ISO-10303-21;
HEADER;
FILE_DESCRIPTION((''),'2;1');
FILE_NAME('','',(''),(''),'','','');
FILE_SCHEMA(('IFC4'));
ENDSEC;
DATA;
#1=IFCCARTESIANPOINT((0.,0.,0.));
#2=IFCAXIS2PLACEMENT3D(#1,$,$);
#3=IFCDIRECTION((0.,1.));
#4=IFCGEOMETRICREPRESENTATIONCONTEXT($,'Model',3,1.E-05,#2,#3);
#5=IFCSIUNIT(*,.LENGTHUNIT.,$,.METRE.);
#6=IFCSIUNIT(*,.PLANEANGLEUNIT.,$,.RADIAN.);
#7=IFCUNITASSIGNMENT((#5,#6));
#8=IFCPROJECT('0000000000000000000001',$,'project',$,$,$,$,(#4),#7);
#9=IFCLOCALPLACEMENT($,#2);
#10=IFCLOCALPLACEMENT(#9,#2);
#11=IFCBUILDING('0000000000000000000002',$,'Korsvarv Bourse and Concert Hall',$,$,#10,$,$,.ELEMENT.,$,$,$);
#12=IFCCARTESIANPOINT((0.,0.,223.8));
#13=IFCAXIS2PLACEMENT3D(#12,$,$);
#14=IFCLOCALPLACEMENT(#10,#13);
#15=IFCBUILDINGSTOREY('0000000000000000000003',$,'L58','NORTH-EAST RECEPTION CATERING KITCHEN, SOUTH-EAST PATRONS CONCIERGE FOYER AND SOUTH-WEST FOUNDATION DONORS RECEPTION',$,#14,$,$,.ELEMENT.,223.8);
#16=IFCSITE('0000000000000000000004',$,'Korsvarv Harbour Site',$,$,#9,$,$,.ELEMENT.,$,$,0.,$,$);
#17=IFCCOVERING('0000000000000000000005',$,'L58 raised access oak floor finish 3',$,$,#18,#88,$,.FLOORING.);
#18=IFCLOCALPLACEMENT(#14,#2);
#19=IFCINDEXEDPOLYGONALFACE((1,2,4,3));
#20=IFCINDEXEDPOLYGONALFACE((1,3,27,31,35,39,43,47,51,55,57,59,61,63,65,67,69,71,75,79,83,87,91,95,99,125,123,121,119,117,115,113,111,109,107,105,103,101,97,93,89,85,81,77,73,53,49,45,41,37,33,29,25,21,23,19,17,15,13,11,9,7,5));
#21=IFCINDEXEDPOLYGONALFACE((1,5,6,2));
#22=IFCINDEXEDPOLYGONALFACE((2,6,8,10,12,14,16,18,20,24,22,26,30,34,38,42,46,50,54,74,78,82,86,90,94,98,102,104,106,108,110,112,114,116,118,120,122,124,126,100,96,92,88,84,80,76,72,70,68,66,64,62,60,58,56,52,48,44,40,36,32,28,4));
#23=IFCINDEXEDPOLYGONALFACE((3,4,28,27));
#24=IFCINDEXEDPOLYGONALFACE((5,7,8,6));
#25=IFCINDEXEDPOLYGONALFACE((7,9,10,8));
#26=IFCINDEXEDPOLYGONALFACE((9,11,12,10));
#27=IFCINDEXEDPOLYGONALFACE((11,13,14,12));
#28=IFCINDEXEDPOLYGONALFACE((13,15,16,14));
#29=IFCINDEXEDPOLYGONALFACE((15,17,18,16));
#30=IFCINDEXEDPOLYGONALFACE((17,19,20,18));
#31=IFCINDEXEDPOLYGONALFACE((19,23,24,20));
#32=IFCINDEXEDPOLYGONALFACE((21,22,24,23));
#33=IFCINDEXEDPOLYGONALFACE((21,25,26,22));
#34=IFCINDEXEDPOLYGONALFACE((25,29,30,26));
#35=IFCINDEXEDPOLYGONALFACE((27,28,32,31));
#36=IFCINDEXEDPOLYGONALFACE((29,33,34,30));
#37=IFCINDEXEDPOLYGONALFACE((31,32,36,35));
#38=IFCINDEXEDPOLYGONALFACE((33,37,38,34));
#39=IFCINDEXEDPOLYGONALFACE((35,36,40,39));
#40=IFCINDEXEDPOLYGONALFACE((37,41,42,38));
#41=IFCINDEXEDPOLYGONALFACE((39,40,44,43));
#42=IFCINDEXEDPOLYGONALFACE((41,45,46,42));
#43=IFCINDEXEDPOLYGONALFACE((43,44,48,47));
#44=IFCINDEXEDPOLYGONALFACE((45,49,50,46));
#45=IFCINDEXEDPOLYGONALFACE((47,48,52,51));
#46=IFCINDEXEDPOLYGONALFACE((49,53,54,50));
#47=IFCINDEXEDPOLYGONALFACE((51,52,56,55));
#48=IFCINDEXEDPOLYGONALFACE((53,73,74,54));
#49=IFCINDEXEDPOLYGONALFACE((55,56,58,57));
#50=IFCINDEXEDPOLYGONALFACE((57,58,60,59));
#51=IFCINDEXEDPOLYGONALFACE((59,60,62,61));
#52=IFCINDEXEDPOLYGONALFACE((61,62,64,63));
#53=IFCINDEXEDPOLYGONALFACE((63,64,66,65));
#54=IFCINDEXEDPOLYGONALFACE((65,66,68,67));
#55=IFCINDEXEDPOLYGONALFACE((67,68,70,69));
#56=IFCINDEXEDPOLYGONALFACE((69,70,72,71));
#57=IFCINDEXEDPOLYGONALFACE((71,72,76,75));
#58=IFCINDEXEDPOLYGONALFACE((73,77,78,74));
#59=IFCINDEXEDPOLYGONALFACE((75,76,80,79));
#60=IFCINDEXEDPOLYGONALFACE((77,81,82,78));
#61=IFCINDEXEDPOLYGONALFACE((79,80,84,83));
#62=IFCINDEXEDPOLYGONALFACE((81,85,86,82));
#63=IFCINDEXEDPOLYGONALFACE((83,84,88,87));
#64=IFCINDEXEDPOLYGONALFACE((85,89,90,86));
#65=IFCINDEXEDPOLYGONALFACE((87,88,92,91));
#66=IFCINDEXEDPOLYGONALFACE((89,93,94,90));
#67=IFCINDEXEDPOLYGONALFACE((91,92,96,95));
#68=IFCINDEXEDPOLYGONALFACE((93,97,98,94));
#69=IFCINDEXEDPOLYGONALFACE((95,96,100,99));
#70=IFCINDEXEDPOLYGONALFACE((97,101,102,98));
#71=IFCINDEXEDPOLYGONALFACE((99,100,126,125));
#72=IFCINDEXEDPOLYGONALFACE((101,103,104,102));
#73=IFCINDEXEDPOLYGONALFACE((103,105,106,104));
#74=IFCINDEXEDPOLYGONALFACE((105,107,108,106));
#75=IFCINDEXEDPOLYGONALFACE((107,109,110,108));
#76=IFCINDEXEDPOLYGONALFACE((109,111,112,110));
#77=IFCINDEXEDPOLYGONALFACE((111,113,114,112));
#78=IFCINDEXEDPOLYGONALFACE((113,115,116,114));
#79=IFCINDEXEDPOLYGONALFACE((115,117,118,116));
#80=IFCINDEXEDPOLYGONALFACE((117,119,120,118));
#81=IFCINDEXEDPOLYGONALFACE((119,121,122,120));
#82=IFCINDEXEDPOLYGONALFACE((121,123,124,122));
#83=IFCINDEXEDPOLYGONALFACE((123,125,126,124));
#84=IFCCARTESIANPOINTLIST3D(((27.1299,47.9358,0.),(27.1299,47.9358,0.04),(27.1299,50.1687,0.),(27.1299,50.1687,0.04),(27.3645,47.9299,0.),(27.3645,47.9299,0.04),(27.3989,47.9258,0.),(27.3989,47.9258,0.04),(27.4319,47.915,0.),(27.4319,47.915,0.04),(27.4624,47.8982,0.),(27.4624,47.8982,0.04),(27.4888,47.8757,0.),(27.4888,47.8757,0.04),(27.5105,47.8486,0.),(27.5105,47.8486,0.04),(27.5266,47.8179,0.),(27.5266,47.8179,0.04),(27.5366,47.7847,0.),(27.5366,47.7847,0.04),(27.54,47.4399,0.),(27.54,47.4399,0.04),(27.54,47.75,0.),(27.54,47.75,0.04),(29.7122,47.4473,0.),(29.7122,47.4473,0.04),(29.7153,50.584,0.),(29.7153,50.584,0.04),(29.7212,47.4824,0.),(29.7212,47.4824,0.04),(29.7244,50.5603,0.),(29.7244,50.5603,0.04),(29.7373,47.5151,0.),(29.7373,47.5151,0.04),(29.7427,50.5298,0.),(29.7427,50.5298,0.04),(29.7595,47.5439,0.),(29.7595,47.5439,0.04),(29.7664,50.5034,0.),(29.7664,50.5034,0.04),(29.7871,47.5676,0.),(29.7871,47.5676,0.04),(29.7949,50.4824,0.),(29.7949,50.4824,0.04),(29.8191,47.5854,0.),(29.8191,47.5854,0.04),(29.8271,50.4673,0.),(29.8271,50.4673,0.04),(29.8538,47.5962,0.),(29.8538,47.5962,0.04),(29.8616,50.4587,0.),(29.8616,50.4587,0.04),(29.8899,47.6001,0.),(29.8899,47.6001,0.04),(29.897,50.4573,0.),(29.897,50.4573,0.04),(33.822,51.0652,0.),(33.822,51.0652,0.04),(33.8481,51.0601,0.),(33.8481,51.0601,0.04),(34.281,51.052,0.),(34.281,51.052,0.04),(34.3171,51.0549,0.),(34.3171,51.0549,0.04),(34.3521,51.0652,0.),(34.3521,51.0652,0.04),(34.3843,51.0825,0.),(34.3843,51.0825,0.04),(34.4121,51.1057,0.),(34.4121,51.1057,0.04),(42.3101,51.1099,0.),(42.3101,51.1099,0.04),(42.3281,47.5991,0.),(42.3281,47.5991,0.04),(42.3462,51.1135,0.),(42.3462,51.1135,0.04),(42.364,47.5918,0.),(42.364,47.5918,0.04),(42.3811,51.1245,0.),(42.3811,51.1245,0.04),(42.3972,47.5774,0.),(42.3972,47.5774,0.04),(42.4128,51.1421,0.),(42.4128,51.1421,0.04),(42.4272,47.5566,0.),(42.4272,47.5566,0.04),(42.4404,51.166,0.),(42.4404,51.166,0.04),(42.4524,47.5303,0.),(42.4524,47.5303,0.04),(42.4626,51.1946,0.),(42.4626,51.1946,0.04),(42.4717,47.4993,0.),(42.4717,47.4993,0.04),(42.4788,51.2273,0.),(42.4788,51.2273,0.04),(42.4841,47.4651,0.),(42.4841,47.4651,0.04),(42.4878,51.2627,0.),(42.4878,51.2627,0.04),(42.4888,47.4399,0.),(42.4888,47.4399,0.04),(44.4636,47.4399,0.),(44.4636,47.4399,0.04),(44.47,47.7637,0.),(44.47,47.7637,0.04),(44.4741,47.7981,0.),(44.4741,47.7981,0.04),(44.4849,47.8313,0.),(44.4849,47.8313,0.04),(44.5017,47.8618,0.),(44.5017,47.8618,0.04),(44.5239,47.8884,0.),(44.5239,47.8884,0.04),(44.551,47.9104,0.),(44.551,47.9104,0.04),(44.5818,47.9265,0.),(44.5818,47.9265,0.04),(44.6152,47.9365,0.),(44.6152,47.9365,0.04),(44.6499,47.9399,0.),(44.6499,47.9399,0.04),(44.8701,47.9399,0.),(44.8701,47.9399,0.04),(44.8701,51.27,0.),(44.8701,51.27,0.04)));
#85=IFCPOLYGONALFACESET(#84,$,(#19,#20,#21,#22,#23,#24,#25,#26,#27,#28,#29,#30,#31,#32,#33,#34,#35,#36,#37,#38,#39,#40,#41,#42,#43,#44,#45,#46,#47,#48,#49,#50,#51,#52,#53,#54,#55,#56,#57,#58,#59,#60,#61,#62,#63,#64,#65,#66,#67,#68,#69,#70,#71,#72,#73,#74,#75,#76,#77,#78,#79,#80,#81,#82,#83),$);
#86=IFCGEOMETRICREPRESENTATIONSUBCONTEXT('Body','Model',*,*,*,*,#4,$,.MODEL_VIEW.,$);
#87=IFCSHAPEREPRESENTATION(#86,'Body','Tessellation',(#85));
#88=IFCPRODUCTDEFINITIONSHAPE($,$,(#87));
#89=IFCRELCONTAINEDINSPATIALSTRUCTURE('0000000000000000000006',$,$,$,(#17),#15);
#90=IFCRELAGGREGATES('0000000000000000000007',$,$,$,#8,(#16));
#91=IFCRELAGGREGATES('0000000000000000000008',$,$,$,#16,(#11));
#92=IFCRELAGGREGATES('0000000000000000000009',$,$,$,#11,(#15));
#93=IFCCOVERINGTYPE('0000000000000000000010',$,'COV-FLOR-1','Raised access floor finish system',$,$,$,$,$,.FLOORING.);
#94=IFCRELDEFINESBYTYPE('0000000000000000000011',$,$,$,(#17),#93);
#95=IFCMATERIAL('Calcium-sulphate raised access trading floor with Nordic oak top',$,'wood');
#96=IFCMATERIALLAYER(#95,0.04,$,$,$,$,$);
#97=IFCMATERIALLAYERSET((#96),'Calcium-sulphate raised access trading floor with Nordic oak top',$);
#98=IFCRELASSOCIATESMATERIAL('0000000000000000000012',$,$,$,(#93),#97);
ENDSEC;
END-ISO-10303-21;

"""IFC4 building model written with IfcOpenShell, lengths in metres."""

from ifc_helpers import new_model, si_unit, direction, frame, origin, place, context, subcontext, project, spatial, polyline, outline, extrude, material, layer, layer_set, type_object, element, save


model = new_model("IFC4")

# Units and contexts
model_context = context("Model", 3, precision=1e-05, world=origin(), true_north=direction((0.0, 1.0)))
body_context = subcontext(model_context, "Body", "Model", "MODEL_VIEW")
ifc_project = project(units=[si_unit("LENGTHUNIT", "METRE"), si_unit("PLANEANGLEUNIT", "RADIAN")], contexts=[model_context])

# Site, building, storey
site_placement = place(None, origin())
site = spatial("IfcSite", under=ifc_project, at=site_placement, Name="Korsvarv Harbour Site", CompositionType="ELEMENT", RefElevation=0.0)
building_placement = place(site_placement, origin())
building = spatial("IfcBuilding", under=site, at=building_placement, Name="Korsvarv Bourse and Concert Hall", CompositionType="ELEMENT")
storey_placement = place(building_placement, frame((0.0, 0.0, 223.8)))
storey = spatial("IfcBuildingStorey", under=building, at=storey_placement, Name="L58", Description="NORTH-EAST RECEPTION CATERING KITCHEN, SOUTH-EAST PATRONS CONCIERGE FOYER AND SOUTH-WEST FOUNDATION DONORS RECEPTION", CompositionType="ELEMENT", Elevation=223.8)

# Covering
ifc_material_1 = material(Name="Calcium-sulphate raised access trading floor with Nordic oak top", Category="wood")
ifc_layer_1 = layer(ifc_material_1, 0.04)
ifc_layer_set_1 = layer_set([ifc_layer_1], Name="Calcium-sulphate raised access trading floor with Nordic oak top")
covering_type_1 = type_object("IfcCoveringType", Name="COV-FLOR-1", Description="Raised access floor finish system", PredefinedType="FLOORING", material=ifc_layer_set_1)
covering_1_placement = place(storey_placement, origin())
element("IfcCovering", 1, at=covering_1_placement, inside=storey, type_object=covering_type_1, Name="L58 raised access oak floor finish 3", PredefinedType="FLOORING", context=body_context, shape_type="SweptSolid", body=[
    extrude(outline(polyline([(29.7153, 50.584), (29.7244, 50.5603), (29.7427, 50.5298), (29.7664, 50.5034), (29.7949, 50.4824), (29.8271, 50.4673), (29.8616, 50.4587), (29.897, 50.4573), (33.822, 51.0652), (33.8481, 51.0601), (34.281, 51.052), (34.3171, 51.0549), (34.3521, 51.0652), (34.3843, 51.0825), (34.4121, 51.1057), (42.3101, 51.1099), (42.3462, 51.1135), (42.3811, 51.1245), (42.4128, 51.1421), (42.4404, 51.166), (42.4626, 51.1946), (42.4788, 51.2273), (42.4878, 51.2627), (44.8701, 51.27), (44.8701, 47.9399), (44.6499, 47.9399), (44.6152, 47.9365), (44.5818, 47.9265), (44.551, 47.9104), (44.5239, 47.8884), (44.5017, 47.8618), (44.4849, 47.8313), (44.4741, 47.7981), (44.47, 47.7637), (44.4636, 47.4399), (42.4888, 47.4399), (42.4841, 47.4651), (42.4717, 47.4993), (42.4524, 47.5303), (42.4272, 47.5566), (42.3972, 47.5774), (42.364, 47.5918), (42.3281, 47.5991), (29.8899, 47.6001), (29.8538, 47.5962), (29.8191, 47.5854), (29.7871, 47.5676), (29.7595, 47.5439), (29.7373, 47.5151), (29.7212, 47.4824), (29.7122, 47.4473), (27.54, 47.4399), (27.54, 47.75), (27.5366, 47.7847), (27.5266, 47.8179), (27.5105, 47.8486), (27.4888, 47.8757), (27.4624, 47.8982), (27.4319, 47.915), (27.3989, 47.9258), (27.3645, 47.9299), (27.1299, 47.9358), (27.1299, 50.1687), (29.7153, 50.584)])), origin(), (0.0, 0.0, 1.0), 0.04),
])

save(model, "model.ifc")
